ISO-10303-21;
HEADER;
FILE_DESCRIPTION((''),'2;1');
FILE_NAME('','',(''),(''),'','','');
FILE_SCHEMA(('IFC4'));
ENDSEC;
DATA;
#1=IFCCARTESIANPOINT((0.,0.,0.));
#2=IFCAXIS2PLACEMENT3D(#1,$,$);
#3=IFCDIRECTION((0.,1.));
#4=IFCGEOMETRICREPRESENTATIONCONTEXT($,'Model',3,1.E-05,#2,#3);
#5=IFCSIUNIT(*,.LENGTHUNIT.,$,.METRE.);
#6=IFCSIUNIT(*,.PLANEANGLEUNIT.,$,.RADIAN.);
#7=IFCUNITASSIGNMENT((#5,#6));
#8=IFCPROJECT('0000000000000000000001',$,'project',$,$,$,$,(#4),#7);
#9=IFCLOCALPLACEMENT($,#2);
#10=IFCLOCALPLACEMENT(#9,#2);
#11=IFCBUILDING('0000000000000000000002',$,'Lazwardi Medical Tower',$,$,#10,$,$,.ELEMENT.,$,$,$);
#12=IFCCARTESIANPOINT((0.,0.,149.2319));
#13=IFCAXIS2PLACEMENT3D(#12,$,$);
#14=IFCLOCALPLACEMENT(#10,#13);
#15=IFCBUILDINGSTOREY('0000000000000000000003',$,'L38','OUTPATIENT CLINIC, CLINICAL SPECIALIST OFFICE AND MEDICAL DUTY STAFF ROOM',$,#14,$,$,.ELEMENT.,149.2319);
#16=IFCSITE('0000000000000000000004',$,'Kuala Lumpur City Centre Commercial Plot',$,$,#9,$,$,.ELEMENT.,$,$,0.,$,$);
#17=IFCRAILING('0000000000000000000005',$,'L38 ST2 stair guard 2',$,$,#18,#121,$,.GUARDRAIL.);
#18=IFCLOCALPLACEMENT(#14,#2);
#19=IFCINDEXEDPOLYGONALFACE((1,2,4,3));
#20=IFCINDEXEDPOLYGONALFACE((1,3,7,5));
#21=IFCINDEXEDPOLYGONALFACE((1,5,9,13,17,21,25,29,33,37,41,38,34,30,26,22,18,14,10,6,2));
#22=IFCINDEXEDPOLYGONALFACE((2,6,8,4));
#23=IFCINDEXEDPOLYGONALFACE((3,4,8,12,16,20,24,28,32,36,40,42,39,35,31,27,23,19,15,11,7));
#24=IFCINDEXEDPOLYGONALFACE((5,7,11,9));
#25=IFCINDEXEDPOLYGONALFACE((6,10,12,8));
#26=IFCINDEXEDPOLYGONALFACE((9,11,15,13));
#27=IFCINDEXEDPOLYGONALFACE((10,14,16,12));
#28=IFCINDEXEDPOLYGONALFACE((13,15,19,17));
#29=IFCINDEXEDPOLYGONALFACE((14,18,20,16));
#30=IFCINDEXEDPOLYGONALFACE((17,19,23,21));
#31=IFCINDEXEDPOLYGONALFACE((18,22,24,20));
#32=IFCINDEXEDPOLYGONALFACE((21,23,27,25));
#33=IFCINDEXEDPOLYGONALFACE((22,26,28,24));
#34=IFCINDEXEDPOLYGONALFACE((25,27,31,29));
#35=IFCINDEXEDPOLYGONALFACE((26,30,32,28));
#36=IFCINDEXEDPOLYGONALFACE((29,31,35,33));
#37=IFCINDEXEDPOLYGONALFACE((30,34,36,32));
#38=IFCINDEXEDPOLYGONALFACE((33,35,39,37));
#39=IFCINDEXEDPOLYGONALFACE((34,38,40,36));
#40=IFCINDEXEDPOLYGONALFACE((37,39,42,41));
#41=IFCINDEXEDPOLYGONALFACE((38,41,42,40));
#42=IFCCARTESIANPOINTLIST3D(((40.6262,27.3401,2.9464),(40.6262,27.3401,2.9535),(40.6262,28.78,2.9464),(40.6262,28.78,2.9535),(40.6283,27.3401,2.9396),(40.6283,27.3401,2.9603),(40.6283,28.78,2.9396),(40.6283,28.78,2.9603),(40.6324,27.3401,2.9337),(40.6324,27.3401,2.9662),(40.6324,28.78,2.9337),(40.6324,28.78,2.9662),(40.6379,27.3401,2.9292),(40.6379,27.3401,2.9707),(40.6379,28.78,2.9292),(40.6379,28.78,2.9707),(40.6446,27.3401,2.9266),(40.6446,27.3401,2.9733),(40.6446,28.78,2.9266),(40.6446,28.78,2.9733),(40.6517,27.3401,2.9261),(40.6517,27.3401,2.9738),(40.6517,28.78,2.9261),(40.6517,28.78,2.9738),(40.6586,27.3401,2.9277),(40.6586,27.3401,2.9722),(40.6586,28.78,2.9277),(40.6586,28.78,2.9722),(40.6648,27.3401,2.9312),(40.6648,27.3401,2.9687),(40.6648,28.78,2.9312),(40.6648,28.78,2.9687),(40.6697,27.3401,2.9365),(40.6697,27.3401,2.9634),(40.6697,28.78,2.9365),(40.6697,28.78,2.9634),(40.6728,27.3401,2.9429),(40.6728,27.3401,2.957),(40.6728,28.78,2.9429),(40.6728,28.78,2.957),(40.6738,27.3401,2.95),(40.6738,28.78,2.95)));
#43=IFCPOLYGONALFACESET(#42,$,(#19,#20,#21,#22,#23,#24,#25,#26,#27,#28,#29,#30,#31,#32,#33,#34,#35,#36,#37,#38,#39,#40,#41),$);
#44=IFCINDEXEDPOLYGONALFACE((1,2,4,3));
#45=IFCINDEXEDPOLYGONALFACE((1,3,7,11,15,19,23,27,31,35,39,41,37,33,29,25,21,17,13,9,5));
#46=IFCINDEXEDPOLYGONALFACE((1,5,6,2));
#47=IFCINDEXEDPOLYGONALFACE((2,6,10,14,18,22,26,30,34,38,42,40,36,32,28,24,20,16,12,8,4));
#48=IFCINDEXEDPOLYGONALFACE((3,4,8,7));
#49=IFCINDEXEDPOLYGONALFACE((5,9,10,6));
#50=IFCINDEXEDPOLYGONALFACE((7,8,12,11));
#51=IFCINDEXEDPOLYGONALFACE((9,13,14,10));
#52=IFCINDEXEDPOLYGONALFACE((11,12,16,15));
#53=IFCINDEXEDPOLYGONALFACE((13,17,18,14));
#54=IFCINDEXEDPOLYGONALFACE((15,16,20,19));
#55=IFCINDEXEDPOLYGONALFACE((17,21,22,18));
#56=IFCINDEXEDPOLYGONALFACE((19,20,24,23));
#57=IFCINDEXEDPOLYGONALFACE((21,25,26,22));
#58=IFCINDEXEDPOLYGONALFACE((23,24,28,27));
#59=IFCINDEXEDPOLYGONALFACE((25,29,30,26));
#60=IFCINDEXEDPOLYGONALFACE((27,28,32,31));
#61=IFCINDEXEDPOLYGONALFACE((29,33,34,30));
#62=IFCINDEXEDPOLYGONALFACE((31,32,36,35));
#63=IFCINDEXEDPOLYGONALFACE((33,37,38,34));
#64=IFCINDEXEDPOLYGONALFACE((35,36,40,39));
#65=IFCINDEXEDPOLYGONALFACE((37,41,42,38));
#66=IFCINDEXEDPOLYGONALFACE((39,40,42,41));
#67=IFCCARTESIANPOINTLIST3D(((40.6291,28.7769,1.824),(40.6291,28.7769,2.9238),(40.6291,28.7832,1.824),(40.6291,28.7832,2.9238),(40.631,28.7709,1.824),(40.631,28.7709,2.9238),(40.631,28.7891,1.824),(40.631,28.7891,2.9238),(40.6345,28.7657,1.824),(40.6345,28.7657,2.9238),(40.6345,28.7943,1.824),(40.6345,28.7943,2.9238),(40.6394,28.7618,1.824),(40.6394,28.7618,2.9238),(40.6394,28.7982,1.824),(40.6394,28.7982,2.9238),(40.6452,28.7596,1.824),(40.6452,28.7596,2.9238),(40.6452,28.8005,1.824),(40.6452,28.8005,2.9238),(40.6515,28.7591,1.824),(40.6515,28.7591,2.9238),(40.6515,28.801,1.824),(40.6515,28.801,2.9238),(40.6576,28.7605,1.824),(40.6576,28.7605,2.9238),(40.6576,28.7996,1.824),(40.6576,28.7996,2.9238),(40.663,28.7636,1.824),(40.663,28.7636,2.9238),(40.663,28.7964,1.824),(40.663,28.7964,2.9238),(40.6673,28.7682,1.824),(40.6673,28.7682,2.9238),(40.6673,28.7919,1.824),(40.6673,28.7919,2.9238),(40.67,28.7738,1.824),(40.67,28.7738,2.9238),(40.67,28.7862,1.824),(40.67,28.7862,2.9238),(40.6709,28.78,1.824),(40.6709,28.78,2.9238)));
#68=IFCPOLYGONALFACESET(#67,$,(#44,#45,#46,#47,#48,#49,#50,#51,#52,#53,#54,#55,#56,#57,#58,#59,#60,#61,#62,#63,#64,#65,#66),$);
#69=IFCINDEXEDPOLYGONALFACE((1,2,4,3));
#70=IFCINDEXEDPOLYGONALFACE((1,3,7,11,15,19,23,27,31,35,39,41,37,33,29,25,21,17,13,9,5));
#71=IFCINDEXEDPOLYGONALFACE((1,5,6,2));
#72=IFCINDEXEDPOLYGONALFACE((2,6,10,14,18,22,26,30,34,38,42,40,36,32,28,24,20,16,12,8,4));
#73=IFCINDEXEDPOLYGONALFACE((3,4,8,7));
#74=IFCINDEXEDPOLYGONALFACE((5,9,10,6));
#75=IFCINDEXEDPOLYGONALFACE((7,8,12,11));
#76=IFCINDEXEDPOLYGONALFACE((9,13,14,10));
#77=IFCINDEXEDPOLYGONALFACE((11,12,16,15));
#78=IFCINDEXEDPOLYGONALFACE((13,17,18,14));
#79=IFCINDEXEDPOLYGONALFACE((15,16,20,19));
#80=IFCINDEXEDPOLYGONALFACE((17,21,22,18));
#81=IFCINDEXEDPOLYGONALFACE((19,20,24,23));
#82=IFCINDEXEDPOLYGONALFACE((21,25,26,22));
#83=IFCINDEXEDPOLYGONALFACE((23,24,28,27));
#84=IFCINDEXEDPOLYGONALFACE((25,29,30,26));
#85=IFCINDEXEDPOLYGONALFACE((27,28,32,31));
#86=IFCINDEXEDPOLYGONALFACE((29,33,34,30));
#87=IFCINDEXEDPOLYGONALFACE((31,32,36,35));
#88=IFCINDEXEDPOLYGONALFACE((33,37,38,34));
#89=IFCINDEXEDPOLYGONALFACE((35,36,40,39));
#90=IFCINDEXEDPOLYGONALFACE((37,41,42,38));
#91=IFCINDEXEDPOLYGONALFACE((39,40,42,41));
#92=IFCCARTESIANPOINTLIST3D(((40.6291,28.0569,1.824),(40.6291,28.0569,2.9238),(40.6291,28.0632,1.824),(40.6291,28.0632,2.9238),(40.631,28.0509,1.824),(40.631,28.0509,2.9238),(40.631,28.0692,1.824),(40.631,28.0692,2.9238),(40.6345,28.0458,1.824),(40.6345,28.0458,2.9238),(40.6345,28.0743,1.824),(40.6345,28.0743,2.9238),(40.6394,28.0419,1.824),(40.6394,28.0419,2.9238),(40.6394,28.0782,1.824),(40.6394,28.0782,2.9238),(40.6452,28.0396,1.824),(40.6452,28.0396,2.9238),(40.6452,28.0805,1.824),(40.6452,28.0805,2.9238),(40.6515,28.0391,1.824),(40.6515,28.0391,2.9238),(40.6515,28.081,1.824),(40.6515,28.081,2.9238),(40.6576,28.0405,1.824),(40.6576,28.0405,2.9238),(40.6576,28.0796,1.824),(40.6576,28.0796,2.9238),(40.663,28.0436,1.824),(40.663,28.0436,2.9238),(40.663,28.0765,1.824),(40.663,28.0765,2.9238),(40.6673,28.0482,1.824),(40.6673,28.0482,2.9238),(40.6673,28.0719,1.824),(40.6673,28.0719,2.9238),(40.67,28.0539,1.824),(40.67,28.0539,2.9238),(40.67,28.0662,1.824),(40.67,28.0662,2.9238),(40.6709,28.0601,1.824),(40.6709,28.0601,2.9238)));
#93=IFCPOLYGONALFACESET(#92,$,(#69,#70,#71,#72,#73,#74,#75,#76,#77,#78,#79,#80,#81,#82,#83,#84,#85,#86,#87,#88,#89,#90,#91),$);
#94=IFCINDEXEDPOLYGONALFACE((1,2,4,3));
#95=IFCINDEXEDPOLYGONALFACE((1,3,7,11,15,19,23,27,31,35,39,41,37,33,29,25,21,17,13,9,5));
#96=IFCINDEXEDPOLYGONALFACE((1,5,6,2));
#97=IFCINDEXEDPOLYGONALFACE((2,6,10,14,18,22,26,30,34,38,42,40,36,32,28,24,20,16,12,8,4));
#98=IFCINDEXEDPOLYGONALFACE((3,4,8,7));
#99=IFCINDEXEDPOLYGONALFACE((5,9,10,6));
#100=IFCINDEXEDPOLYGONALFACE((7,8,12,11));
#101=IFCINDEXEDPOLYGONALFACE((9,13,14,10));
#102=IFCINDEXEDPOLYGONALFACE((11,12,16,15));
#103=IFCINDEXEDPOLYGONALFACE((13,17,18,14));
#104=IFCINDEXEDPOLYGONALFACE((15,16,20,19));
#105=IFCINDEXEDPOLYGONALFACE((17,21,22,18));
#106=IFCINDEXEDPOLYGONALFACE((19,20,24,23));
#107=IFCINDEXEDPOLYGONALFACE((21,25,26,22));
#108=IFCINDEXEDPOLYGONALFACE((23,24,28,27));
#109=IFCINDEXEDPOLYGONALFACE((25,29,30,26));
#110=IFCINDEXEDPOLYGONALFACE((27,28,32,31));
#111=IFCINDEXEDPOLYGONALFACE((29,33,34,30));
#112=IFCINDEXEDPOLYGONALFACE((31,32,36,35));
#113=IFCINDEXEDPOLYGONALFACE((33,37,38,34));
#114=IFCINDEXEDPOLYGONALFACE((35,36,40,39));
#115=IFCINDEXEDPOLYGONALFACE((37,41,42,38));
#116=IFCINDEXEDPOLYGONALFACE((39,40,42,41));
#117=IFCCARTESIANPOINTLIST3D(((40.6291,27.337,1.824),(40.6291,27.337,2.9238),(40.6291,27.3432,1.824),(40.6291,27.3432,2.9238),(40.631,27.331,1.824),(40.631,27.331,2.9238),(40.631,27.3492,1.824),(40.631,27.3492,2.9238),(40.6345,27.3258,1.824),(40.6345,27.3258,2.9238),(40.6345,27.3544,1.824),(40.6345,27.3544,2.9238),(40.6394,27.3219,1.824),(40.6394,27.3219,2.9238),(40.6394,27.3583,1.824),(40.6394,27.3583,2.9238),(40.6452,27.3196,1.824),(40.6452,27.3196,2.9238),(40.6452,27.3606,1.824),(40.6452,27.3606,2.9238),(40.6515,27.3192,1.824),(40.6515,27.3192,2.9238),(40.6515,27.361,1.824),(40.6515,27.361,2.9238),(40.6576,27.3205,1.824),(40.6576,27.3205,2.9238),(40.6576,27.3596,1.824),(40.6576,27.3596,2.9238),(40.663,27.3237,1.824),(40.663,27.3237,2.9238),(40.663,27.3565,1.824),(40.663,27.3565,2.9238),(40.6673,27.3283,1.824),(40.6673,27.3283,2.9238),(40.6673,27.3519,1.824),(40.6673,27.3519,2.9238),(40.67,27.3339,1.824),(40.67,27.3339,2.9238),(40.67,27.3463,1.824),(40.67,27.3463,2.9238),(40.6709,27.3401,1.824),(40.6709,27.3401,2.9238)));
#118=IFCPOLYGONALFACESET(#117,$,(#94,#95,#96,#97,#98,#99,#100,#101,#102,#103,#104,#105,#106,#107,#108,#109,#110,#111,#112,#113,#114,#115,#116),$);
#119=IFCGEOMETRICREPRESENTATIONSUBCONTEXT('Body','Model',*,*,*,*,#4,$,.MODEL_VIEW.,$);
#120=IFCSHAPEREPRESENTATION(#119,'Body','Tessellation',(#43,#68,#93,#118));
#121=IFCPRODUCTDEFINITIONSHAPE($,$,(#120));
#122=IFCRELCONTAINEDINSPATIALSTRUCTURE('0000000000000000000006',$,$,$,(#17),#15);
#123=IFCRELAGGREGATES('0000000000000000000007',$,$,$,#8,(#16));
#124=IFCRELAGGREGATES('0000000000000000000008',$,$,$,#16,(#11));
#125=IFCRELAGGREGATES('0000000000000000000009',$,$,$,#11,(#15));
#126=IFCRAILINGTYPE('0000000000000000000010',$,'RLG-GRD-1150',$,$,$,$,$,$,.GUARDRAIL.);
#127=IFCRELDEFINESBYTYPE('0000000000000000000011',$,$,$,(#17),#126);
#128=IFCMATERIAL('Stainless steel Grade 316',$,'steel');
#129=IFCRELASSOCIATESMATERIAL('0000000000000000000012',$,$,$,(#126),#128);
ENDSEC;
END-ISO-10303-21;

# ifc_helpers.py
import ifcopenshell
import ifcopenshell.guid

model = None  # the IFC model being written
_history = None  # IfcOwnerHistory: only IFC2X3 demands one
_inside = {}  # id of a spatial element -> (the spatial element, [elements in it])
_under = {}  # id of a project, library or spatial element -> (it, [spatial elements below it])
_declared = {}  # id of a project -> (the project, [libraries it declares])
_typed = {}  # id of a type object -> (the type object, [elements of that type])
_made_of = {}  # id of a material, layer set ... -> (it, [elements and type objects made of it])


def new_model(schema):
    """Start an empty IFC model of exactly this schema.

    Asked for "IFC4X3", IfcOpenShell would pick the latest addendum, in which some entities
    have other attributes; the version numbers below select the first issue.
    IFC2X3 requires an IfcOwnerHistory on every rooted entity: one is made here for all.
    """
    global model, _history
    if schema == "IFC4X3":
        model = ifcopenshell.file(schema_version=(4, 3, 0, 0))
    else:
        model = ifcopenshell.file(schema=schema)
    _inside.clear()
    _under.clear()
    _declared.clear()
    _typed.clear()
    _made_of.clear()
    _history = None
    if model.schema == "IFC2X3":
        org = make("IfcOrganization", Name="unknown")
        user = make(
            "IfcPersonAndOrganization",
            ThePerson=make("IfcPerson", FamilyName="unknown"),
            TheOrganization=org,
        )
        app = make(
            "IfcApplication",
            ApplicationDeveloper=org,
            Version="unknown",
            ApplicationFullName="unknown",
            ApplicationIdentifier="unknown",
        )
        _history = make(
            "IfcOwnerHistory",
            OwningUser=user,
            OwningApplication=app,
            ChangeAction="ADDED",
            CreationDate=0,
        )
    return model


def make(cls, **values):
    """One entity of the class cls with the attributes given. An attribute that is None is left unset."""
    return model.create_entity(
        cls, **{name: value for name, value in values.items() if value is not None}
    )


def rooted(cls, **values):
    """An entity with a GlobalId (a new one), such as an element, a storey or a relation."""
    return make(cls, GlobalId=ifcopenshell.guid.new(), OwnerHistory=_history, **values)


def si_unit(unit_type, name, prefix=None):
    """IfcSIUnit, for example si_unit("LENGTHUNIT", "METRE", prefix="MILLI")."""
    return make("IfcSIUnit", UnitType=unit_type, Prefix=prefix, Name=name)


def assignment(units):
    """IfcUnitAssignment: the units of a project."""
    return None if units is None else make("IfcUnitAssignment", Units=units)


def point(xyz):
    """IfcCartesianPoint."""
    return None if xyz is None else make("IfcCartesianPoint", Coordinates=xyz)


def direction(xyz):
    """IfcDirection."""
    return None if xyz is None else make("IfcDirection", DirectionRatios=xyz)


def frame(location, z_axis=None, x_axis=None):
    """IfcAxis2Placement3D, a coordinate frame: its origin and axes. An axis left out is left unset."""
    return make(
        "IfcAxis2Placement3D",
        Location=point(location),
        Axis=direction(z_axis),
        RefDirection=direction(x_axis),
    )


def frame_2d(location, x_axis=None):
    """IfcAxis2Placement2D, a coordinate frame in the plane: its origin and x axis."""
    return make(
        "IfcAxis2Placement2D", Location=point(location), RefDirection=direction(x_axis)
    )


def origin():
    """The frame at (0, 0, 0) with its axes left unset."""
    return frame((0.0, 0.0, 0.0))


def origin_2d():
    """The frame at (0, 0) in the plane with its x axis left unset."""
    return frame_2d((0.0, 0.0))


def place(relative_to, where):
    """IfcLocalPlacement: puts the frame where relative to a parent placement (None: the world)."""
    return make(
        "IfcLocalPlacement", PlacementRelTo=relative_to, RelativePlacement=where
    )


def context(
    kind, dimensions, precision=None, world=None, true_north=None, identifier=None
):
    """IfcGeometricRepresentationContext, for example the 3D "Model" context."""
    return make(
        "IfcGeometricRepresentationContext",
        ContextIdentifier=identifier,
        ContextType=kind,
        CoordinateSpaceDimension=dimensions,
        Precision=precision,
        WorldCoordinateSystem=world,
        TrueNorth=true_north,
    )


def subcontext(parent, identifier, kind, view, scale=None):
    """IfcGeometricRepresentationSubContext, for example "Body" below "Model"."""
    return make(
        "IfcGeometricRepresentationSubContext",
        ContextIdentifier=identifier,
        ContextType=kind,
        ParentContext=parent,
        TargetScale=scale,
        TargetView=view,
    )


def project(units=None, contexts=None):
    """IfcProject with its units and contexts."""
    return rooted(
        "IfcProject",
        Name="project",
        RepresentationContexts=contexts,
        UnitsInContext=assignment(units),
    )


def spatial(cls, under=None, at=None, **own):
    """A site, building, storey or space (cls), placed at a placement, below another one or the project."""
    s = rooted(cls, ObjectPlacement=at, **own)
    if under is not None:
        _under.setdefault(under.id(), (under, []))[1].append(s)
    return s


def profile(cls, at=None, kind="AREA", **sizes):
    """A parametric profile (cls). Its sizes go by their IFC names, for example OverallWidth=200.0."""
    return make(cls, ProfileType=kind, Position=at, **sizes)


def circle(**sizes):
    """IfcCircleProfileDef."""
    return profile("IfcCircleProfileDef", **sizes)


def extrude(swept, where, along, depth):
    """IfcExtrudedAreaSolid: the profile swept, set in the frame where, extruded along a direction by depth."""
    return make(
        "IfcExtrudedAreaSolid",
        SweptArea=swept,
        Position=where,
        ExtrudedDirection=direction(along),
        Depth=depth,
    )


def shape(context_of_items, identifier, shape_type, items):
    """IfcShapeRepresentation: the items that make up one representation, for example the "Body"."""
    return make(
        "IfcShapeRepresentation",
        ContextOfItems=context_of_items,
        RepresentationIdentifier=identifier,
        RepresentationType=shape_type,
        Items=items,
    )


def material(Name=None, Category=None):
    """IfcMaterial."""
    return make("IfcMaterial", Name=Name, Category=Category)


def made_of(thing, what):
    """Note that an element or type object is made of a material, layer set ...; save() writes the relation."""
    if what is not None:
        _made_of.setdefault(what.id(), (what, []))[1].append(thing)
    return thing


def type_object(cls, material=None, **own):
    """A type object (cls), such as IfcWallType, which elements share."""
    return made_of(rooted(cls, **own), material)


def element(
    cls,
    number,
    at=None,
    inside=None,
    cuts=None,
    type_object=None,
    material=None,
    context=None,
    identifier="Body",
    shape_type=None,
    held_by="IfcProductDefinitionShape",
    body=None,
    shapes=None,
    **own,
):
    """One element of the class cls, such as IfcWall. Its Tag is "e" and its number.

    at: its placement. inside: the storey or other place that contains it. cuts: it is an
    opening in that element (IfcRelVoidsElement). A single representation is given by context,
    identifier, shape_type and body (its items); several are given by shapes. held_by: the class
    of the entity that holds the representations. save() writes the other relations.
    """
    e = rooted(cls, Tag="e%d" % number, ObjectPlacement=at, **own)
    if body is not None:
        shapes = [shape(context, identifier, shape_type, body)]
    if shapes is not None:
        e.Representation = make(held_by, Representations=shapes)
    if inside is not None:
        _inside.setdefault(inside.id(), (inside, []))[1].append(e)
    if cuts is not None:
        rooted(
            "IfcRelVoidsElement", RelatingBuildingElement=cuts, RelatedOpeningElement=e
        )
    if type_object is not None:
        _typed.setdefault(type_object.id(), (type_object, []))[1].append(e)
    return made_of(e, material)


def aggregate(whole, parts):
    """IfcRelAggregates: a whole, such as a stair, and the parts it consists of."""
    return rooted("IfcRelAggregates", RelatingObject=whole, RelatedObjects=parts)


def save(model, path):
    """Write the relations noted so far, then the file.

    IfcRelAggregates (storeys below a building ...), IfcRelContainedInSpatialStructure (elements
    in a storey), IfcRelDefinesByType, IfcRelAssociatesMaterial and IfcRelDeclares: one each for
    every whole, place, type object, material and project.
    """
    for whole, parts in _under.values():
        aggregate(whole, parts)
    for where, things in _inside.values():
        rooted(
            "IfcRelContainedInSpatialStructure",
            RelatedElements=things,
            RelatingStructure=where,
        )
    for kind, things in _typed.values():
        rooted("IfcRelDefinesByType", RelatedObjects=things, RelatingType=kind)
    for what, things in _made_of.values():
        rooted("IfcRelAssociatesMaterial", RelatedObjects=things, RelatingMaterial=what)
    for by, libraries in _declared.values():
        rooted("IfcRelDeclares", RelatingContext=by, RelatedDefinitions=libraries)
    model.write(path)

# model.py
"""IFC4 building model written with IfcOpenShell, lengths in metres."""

from ifc_helpers import new_model, si_unit, direction, frame, origin, origin_2d, place, context, subcontext, project, spatial, circle, extrude, material, type_object, element, save


model = new_model("IFC4")

# Units and contexts
model_context = context("Model", 3, precision=1e-05, world=origin(), true_north=direction((0.0, 1.0)))
body_context = subcontext(model_context, "Body", "Model", "MODEL_VIEW")
ifc_project = project(units=[si_unit("LENGTHUNIT", "METRE"), si_unit("PLANEANGLEUNIT", "RADIAN")], contexts=[model_context])

# Site, building, storey
site_placement = place(None, origin())
site = spatial("IfcSite", under=ifc_project, at=site_placement, Name="Kuala Lumpur City Centre Commercial Plot", CompositionType="ELEMENT", RefElevation=0.0)
building_placement = place(site_placement, origin())
building = spatial("IfcBuilding", under=site, at=building_placement, Name="Lazwardi Medical Tower", CompositionType="ELEMENT")
storey_placement = place(building_placement, frame((0.0, 0.0, 149.2319)))
storey = spatial("IfcBuildingStorey", under=building, at=storey_placement, Name="L38", Description="OUTPATIENT CLINIC, CLINICAL SPECIALIST OFFICE AND MEDICAL DUTY STAFF ROOM", CompositionType="ELEMENT", Elevation=149.2319)

# Railing
ifc_material_1 = material(Name="Stainless steel Grade 316", Category="steel")
railing_type_1 = type_object("IfcRailingType", Name="RLG-GRD-1150", PredefinedType="GUARDRAIL", material=ifc_material_1)
railing_1_placement = place(storey_placement, frame((40.6499, 28.78, 1.824)))
element("IfcRailing", 1, at=railing_1_placement, inside=storey, type_object=railing_type_1, Name="L38 ST2 stair guard 2", PredefinedType="GUARDRAIL", context=body_context, shape_type="SweptSolid", body=[
    extrude(circle(Radius=0.0239, at=origin_2d()), frame((0.0, 0.0, 1.126), z_axis=(0.0, -1.0, 0.0), x_axis=(1.0, 0.0, 0.0)), (0.0, 0.0, 1.0), 1.4399),
    extrude(circle(Radius=0.021, at=origin_2d()), origin(), (0.0, 0.0, 1.0), 1.0999),
    extrude(circle(Radius=0.021, at=origin_2d()), frame((0.0, -0.72, 0.0)), (0.0, 0.0, 1.0), 1.0999),
    extrude(circle(Radius=0.021, at=origin_2d()), frame((0.0, -1.4399, 0.0)), (0.0, 0.0, 1.0), 1.0999),
])

save(model, "model.ifc")
